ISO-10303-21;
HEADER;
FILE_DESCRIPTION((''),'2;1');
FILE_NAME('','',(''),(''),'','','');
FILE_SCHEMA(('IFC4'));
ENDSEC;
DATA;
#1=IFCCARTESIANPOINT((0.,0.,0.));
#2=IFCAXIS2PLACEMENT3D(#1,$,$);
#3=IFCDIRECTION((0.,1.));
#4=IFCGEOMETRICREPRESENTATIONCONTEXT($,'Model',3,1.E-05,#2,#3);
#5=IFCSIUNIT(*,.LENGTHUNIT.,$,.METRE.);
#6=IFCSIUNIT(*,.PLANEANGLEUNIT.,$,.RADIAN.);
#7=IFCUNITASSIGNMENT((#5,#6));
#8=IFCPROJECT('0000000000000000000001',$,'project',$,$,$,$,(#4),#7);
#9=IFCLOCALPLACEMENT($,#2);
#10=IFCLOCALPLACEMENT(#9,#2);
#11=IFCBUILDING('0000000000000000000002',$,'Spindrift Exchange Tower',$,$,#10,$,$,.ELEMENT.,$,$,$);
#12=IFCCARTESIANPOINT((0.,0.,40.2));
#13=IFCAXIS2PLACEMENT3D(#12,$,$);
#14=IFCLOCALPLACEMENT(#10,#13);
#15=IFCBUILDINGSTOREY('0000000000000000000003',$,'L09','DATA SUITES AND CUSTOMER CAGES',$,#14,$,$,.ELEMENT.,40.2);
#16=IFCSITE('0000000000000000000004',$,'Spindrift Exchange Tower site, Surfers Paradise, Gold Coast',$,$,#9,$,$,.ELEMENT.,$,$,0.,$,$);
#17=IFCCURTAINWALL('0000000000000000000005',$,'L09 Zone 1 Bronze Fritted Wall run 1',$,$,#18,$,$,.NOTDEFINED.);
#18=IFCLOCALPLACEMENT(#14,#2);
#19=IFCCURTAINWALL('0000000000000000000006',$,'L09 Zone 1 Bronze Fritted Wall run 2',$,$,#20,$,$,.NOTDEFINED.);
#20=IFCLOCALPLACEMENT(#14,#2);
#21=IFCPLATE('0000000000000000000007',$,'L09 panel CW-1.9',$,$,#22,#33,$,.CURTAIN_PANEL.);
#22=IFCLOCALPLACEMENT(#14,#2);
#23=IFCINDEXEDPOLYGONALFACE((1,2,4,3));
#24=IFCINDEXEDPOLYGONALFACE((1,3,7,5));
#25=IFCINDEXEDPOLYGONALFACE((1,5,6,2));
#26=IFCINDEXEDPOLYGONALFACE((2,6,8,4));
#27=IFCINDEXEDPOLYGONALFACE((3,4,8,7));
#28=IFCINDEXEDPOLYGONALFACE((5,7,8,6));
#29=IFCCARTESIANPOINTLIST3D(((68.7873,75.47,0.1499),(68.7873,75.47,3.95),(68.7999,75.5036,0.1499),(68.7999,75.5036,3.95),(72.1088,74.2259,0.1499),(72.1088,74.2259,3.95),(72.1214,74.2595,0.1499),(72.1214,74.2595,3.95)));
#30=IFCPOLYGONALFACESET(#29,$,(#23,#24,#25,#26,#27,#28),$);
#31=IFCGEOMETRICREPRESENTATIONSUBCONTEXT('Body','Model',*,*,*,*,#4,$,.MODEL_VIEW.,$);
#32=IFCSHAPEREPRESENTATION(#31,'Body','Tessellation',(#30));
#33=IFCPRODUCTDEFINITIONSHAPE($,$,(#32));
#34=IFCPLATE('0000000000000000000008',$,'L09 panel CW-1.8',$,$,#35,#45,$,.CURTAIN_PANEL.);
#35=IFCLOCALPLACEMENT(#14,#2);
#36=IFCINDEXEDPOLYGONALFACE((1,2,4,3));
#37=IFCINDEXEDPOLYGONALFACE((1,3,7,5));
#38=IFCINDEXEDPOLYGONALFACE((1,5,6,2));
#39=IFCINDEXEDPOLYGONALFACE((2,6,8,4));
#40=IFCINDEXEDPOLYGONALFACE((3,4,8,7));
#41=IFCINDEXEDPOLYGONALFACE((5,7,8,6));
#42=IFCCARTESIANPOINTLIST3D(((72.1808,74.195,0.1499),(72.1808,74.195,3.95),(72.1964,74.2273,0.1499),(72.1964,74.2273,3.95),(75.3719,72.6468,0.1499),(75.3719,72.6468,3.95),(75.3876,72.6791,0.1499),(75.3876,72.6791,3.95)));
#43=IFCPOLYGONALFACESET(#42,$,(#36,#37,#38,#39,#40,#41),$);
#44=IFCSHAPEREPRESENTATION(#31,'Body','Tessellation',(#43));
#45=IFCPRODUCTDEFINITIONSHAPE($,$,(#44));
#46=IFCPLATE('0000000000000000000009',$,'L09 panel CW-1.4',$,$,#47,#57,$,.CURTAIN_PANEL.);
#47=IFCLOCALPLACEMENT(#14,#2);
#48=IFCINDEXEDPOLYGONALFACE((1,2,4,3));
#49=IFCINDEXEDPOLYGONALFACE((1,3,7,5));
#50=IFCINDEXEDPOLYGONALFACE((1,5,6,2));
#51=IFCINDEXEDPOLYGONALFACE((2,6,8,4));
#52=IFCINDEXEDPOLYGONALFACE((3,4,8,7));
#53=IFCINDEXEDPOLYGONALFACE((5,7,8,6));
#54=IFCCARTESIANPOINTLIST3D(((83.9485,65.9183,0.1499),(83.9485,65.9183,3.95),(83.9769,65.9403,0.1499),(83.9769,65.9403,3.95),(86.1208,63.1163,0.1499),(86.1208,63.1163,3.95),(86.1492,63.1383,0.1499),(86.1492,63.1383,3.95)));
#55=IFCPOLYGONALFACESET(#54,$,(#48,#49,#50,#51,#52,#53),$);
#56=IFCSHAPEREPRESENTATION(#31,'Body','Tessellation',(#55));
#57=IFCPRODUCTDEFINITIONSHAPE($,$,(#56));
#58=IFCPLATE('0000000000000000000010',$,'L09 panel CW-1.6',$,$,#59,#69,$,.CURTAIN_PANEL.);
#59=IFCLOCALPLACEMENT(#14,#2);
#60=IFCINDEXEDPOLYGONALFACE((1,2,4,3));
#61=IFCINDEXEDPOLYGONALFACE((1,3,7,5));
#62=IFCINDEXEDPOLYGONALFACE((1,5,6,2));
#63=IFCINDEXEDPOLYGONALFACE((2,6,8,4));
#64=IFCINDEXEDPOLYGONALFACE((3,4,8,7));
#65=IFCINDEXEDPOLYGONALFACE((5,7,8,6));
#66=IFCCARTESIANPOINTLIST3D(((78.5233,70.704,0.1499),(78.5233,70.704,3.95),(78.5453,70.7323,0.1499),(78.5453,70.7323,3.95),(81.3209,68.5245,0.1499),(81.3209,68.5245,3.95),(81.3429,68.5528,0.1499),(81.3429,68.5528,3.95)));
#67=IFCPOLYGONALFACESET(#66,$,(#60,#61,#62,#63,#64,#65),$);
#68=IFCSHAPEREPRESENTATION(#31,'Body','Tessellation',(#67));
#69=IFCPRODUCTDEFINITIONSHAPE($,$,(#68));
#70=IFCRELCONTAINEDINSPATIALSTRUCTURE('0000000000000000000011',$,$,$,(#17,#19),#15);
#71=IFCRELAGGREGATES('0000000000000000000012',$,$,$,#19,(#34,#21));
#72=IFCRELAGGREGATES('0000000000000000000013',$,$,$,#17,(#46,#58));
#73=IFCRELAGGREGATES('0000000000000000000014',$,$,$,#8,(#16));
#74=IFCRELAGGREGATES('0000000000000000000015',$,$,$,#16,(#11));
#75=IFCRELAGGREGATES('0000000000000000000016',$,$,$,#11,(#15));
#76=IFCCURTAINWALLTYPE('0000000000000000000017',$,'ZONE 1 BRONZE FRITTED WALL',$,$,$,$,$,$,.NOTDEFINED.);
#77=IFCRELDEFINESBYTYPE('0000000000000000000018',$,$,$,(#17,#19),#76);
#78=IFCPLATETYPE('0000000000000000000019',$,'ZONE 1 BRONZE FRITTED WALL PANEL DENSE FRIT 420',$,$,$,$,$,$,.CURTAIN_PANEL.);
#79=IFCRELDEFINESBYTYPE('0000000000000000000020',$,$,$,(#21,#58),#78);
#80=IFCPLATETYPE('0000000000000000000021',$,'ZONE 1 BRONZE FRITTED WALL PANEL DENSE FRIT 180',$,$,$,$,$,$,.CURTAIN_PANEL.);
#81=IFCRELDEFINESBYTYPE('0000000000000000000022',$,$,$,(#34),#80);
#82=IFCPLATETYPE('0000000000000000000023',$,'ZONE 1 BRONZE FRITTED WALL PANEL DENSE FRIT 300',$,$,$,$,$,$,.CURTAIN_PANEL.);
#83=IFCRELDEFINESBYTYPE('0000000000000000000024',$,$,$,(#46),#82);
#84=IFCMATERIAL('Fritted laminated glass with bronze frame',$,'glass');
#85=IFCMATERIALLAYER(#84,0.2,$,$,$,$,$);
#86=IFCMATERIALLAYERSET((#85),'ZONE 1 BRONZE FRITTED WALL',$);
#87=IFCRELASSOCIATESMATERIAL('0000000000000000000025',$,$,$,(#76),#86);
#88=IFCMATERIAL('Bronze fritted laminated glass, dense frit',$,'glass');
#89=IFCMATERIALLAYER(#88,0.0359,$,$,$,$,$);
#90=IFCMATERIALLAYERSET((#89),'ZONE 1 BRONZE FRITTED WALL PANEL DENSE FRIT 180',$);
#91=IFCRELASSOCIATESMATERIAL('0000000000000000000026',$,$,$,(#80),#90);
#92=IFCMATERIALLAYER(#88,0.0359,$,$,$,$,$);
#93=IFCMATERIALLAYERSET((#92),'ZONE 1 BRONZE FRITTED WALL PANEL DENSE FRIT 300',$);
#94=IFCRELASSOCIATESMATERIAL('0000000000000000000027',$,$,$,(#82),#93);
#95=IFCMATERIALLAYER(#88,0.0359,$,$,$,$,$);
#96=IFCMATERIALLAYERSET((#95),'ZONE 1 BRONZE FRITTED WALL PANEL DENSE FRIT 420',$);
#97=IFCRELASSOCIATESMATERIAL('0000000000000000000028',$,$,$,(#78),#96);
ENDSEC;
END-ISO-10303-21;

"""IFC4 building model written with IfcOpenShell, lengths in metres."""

from ifc_helpers import new_model, si_unit, direction, frame, origin, origin_2d, place, context, subcontext, project, spatial, rectangle, extrude, source, transform, mapped, material, layer, layer_set, type_object, element, aggregate, save


model = new_model("IFC4")

# Units and contexts
model_context = context("Model", 3, precision=1e-05, world=origin(), true_north=direction((0.0, 1.0)))
body_context = subcontext(model_context, "Body", "Model", "MODEL_VIEW")
ifc_project = project(units=[si_unit("LENGTHUNIT", "METRE"), si_unit("PLANEANGLEUNIT", "RADIAN")], contexts=[model_context])

# Site, building, storey
site_placement = place(None, origin())
site = spatial("IfcSite", under=ifc_project, at=site_placement, Name="Spindrift Exchange Tower site, Surfers Paradise, Gold Coast", CompositionType="ELEMENT", RefElevation=0.0)
building_placement = place(site_placement, origin())
building = spatial("IfcBuilding", under=site, at=building_placement, Name="Spindrift Exchange Tower", CompositionType="ELEMENT")
storey_placement = place(building_placement, frame((0.0, 0.0, 40.2)))
storey = spatial("IfcBuildingStorey", under=building, at=storey_placement, Name="L09", Description="DATA SUITES AND CUSTOMER CAGES", CompositionType="ELEMENT", Elevation=40.2)

# Curtain walls
ifc_material_1 = material(Name="Fritted laminated glass with bronze frame", Category="glass")
ifc_layer_1 = layer(ifc_material_1, 0.2)
ifc_layer_set_1 = layer_set([ifc_layer_1], Name="ZONE 1 BRONZE FRITTED WALL")
curtain_wall_type = type_object("IfcCurtainWallType", Name="ZONE 1 BRONZE FRITTED WALL", PredefinedType="NOTDEFINED", material=ifc_layer_set_1)
curtain_wall_1_placement = place(storey_placement, origin())
curtain_wall_1 = element("IfcCurtainWall", 1, at=curtain_wall_1_placement, inside=storey, type_object=curtain_wall_type, Name="L09 Zone 1 Bronze Fritted Wall run 1", PredefinedType="NOTDEFINED")
curtain_wall_2_placement = place(storey_placement, origin())
curtain_wall_2 = element("IfcCurtainWall", 2, at=curtain_wall_2_placement, inside=storey, type_object=curtain_wall_type, Name="L09 Zone 1 Bronze Fritted Wall run 2", PredefinedType="NOTDEFINED")

# Plates
ifc_material_2 = material(Name="Bronze fritted laminated glass, dense frit", Category="glass")
ifc_layer_2 = layer(ifc_material_2, 0.0359)
ifc_layer_set_2 = layer_set([ifc_layer_2], Name="ZONE 1 BRONZE FRITTED WALL PANEL DENSE FRIT 180")
plate_type_1 = type_object("IfcPlateType", Name="ZONE 1 BRONZE FRITTED WALL PANEL DENSE FRIT 180", PredefinedType="CURTAIN_PANEL", material=ifc_layer_set_2)
ifc_layer_3 = layer(ifc_material_2, 0.0359)
ifc_layer_set_3 = layer_set([ifc_layer_3], Name="ZONE 1 BRONZE FRITTED WALL PANEL DENSE FRIT 300")
plate_type_2 = type_object("IfcPlateType", Name="ZONE 1 BRONZE FRITTED WALL PANEL DENSE FRIT 300", PredefinedType="CURTAIN_PANEL", material=ifc_layer_set_3)
ifc_layer_4 = layer(ifc_material_2, 0.0359)
ifc_layer_set_4 = layer_set([ifc_layer_4], Name="ZONE 1 BRONZE FRITTED WALL PANEL DENSE FRIT 420")
plate_type_3 = type_object("IfcPlateType", Name="ZONE 1 BRONZE FRITTED WALL PANEL DENSE FRIT 420", PredefinedType="CURTAIN_PANEL", material=ifc_layer_set_4)
shared_shape_1 = source(origin(), body_context, "Body", "SweptSolid", [
    extrude(rectangle(XDim=3.5469, YDim=0.0359, at=origin_2d()), origin(), (0.0, 0.0, 1.0), 3.8),
])
plate_1_placement = place(storey_placement, frame((70.4543, 74.8647, 0.1499), z_axis=(0.0, 0.0, 1.0), x_axis=(-0.936464, 0.350763, 0.0)))
plate_1 = element("IfcPlate", 3, at=plate_1_placement, type_object=plate_type_3, Name="L09 panel CW-1.9", PredefinedType="CURTAIN_PANEL", context=body_context, shape_type="MappedRepresentation", body=[
    mapped(shared_shape_1, transform((0.0, 0.0, 0.0), scale=1.0)),
])
shared_shape_2 = source(origin(), body_context, "Body", "SweptSolid", [
    extrude(rectangle(XDim=3.5469, YDim=0.0359, at=origin_2d()), origin(), (0.0, 0.0, 1.0), 3.8),
])
plate_2_placement = place(storey_placement, frame((73.7842, 73.437, 0.1499), z_axis=(0.0, 0.0, 1.0), x_axis=(-0.899707, 0.436494, 0.0)))
plate_2 = element("IfcPlate", 4, at=plate_2_placement, type_object=plate_type_1, Name="L09 panel CW-1.8", PredefinedType="CURTAIN_PANEL", context=body_context, shape_type="MappedRepresentation", body=[
    mapped(shared_shape_2, transform((0.0, 0.0, 0.0), scale=1.0)),
])
aggregate(curtain_wall_2, [plate_2, plate_1])
shared_shape_3 = source(origin(), body_context, "Body", "SweptSolid", [
    extrude(rectangle(XDim=3.5454, YDim=0.0359, at=origin_2d()), origin(), (0.0, 0.0, 1.0), 3.8),
])
plate_3_placement = place(storey_placement, frame((85.0488, 64.5283, 0.1499), z_axis=(0.0, 0.0, 1.0), x_axis=(-0.612704, 0.790312, 0.0)))
plate_3 = element("IfcPlate", 5, at=plate_3_placement, type_object=plate_type_2, Name="L09 panel CW-1.4", PredefinedType="CURTAIN_PANEL", context=body_context, shape_type="MappedRepresentation", body=[
    mapped(shared_shape_3, transform((0.0, 0.0, 0.0), scale=1.0)),
])
shared_shape_4 = source(origin(), body_context, "Body", "SweptSolid", [
    extrude(rectangle(XDim=3.5464, YDim=0.0359, at=origin_2d()), origin(), (0.0, 0.0, 1.0), 3.8),
])
plate_4_placement = place(storey_placement, frame((79.9331, 69.6284, 0.1499), z_axis=(0.0, 0.0, 1.0), x_axis=(-0.788859, 0.614574, 0.0)))
plate_4 = element("IfcPlate", 6, at=plate_4_placement, type_object=plate_type_3, Name="L09 panel CW-1.6", PredefinedType="CURTAIN_PANEL", context=body_context, shape_type="MappedRepresentation", body=[
    mapped(shared_shape_4, transform((0.0, 0.0, 0.0), scale=1.0)),
])
aggregate(curtain_wall_1, [plate_3, plate_4])

save(model, "model.ifc")
